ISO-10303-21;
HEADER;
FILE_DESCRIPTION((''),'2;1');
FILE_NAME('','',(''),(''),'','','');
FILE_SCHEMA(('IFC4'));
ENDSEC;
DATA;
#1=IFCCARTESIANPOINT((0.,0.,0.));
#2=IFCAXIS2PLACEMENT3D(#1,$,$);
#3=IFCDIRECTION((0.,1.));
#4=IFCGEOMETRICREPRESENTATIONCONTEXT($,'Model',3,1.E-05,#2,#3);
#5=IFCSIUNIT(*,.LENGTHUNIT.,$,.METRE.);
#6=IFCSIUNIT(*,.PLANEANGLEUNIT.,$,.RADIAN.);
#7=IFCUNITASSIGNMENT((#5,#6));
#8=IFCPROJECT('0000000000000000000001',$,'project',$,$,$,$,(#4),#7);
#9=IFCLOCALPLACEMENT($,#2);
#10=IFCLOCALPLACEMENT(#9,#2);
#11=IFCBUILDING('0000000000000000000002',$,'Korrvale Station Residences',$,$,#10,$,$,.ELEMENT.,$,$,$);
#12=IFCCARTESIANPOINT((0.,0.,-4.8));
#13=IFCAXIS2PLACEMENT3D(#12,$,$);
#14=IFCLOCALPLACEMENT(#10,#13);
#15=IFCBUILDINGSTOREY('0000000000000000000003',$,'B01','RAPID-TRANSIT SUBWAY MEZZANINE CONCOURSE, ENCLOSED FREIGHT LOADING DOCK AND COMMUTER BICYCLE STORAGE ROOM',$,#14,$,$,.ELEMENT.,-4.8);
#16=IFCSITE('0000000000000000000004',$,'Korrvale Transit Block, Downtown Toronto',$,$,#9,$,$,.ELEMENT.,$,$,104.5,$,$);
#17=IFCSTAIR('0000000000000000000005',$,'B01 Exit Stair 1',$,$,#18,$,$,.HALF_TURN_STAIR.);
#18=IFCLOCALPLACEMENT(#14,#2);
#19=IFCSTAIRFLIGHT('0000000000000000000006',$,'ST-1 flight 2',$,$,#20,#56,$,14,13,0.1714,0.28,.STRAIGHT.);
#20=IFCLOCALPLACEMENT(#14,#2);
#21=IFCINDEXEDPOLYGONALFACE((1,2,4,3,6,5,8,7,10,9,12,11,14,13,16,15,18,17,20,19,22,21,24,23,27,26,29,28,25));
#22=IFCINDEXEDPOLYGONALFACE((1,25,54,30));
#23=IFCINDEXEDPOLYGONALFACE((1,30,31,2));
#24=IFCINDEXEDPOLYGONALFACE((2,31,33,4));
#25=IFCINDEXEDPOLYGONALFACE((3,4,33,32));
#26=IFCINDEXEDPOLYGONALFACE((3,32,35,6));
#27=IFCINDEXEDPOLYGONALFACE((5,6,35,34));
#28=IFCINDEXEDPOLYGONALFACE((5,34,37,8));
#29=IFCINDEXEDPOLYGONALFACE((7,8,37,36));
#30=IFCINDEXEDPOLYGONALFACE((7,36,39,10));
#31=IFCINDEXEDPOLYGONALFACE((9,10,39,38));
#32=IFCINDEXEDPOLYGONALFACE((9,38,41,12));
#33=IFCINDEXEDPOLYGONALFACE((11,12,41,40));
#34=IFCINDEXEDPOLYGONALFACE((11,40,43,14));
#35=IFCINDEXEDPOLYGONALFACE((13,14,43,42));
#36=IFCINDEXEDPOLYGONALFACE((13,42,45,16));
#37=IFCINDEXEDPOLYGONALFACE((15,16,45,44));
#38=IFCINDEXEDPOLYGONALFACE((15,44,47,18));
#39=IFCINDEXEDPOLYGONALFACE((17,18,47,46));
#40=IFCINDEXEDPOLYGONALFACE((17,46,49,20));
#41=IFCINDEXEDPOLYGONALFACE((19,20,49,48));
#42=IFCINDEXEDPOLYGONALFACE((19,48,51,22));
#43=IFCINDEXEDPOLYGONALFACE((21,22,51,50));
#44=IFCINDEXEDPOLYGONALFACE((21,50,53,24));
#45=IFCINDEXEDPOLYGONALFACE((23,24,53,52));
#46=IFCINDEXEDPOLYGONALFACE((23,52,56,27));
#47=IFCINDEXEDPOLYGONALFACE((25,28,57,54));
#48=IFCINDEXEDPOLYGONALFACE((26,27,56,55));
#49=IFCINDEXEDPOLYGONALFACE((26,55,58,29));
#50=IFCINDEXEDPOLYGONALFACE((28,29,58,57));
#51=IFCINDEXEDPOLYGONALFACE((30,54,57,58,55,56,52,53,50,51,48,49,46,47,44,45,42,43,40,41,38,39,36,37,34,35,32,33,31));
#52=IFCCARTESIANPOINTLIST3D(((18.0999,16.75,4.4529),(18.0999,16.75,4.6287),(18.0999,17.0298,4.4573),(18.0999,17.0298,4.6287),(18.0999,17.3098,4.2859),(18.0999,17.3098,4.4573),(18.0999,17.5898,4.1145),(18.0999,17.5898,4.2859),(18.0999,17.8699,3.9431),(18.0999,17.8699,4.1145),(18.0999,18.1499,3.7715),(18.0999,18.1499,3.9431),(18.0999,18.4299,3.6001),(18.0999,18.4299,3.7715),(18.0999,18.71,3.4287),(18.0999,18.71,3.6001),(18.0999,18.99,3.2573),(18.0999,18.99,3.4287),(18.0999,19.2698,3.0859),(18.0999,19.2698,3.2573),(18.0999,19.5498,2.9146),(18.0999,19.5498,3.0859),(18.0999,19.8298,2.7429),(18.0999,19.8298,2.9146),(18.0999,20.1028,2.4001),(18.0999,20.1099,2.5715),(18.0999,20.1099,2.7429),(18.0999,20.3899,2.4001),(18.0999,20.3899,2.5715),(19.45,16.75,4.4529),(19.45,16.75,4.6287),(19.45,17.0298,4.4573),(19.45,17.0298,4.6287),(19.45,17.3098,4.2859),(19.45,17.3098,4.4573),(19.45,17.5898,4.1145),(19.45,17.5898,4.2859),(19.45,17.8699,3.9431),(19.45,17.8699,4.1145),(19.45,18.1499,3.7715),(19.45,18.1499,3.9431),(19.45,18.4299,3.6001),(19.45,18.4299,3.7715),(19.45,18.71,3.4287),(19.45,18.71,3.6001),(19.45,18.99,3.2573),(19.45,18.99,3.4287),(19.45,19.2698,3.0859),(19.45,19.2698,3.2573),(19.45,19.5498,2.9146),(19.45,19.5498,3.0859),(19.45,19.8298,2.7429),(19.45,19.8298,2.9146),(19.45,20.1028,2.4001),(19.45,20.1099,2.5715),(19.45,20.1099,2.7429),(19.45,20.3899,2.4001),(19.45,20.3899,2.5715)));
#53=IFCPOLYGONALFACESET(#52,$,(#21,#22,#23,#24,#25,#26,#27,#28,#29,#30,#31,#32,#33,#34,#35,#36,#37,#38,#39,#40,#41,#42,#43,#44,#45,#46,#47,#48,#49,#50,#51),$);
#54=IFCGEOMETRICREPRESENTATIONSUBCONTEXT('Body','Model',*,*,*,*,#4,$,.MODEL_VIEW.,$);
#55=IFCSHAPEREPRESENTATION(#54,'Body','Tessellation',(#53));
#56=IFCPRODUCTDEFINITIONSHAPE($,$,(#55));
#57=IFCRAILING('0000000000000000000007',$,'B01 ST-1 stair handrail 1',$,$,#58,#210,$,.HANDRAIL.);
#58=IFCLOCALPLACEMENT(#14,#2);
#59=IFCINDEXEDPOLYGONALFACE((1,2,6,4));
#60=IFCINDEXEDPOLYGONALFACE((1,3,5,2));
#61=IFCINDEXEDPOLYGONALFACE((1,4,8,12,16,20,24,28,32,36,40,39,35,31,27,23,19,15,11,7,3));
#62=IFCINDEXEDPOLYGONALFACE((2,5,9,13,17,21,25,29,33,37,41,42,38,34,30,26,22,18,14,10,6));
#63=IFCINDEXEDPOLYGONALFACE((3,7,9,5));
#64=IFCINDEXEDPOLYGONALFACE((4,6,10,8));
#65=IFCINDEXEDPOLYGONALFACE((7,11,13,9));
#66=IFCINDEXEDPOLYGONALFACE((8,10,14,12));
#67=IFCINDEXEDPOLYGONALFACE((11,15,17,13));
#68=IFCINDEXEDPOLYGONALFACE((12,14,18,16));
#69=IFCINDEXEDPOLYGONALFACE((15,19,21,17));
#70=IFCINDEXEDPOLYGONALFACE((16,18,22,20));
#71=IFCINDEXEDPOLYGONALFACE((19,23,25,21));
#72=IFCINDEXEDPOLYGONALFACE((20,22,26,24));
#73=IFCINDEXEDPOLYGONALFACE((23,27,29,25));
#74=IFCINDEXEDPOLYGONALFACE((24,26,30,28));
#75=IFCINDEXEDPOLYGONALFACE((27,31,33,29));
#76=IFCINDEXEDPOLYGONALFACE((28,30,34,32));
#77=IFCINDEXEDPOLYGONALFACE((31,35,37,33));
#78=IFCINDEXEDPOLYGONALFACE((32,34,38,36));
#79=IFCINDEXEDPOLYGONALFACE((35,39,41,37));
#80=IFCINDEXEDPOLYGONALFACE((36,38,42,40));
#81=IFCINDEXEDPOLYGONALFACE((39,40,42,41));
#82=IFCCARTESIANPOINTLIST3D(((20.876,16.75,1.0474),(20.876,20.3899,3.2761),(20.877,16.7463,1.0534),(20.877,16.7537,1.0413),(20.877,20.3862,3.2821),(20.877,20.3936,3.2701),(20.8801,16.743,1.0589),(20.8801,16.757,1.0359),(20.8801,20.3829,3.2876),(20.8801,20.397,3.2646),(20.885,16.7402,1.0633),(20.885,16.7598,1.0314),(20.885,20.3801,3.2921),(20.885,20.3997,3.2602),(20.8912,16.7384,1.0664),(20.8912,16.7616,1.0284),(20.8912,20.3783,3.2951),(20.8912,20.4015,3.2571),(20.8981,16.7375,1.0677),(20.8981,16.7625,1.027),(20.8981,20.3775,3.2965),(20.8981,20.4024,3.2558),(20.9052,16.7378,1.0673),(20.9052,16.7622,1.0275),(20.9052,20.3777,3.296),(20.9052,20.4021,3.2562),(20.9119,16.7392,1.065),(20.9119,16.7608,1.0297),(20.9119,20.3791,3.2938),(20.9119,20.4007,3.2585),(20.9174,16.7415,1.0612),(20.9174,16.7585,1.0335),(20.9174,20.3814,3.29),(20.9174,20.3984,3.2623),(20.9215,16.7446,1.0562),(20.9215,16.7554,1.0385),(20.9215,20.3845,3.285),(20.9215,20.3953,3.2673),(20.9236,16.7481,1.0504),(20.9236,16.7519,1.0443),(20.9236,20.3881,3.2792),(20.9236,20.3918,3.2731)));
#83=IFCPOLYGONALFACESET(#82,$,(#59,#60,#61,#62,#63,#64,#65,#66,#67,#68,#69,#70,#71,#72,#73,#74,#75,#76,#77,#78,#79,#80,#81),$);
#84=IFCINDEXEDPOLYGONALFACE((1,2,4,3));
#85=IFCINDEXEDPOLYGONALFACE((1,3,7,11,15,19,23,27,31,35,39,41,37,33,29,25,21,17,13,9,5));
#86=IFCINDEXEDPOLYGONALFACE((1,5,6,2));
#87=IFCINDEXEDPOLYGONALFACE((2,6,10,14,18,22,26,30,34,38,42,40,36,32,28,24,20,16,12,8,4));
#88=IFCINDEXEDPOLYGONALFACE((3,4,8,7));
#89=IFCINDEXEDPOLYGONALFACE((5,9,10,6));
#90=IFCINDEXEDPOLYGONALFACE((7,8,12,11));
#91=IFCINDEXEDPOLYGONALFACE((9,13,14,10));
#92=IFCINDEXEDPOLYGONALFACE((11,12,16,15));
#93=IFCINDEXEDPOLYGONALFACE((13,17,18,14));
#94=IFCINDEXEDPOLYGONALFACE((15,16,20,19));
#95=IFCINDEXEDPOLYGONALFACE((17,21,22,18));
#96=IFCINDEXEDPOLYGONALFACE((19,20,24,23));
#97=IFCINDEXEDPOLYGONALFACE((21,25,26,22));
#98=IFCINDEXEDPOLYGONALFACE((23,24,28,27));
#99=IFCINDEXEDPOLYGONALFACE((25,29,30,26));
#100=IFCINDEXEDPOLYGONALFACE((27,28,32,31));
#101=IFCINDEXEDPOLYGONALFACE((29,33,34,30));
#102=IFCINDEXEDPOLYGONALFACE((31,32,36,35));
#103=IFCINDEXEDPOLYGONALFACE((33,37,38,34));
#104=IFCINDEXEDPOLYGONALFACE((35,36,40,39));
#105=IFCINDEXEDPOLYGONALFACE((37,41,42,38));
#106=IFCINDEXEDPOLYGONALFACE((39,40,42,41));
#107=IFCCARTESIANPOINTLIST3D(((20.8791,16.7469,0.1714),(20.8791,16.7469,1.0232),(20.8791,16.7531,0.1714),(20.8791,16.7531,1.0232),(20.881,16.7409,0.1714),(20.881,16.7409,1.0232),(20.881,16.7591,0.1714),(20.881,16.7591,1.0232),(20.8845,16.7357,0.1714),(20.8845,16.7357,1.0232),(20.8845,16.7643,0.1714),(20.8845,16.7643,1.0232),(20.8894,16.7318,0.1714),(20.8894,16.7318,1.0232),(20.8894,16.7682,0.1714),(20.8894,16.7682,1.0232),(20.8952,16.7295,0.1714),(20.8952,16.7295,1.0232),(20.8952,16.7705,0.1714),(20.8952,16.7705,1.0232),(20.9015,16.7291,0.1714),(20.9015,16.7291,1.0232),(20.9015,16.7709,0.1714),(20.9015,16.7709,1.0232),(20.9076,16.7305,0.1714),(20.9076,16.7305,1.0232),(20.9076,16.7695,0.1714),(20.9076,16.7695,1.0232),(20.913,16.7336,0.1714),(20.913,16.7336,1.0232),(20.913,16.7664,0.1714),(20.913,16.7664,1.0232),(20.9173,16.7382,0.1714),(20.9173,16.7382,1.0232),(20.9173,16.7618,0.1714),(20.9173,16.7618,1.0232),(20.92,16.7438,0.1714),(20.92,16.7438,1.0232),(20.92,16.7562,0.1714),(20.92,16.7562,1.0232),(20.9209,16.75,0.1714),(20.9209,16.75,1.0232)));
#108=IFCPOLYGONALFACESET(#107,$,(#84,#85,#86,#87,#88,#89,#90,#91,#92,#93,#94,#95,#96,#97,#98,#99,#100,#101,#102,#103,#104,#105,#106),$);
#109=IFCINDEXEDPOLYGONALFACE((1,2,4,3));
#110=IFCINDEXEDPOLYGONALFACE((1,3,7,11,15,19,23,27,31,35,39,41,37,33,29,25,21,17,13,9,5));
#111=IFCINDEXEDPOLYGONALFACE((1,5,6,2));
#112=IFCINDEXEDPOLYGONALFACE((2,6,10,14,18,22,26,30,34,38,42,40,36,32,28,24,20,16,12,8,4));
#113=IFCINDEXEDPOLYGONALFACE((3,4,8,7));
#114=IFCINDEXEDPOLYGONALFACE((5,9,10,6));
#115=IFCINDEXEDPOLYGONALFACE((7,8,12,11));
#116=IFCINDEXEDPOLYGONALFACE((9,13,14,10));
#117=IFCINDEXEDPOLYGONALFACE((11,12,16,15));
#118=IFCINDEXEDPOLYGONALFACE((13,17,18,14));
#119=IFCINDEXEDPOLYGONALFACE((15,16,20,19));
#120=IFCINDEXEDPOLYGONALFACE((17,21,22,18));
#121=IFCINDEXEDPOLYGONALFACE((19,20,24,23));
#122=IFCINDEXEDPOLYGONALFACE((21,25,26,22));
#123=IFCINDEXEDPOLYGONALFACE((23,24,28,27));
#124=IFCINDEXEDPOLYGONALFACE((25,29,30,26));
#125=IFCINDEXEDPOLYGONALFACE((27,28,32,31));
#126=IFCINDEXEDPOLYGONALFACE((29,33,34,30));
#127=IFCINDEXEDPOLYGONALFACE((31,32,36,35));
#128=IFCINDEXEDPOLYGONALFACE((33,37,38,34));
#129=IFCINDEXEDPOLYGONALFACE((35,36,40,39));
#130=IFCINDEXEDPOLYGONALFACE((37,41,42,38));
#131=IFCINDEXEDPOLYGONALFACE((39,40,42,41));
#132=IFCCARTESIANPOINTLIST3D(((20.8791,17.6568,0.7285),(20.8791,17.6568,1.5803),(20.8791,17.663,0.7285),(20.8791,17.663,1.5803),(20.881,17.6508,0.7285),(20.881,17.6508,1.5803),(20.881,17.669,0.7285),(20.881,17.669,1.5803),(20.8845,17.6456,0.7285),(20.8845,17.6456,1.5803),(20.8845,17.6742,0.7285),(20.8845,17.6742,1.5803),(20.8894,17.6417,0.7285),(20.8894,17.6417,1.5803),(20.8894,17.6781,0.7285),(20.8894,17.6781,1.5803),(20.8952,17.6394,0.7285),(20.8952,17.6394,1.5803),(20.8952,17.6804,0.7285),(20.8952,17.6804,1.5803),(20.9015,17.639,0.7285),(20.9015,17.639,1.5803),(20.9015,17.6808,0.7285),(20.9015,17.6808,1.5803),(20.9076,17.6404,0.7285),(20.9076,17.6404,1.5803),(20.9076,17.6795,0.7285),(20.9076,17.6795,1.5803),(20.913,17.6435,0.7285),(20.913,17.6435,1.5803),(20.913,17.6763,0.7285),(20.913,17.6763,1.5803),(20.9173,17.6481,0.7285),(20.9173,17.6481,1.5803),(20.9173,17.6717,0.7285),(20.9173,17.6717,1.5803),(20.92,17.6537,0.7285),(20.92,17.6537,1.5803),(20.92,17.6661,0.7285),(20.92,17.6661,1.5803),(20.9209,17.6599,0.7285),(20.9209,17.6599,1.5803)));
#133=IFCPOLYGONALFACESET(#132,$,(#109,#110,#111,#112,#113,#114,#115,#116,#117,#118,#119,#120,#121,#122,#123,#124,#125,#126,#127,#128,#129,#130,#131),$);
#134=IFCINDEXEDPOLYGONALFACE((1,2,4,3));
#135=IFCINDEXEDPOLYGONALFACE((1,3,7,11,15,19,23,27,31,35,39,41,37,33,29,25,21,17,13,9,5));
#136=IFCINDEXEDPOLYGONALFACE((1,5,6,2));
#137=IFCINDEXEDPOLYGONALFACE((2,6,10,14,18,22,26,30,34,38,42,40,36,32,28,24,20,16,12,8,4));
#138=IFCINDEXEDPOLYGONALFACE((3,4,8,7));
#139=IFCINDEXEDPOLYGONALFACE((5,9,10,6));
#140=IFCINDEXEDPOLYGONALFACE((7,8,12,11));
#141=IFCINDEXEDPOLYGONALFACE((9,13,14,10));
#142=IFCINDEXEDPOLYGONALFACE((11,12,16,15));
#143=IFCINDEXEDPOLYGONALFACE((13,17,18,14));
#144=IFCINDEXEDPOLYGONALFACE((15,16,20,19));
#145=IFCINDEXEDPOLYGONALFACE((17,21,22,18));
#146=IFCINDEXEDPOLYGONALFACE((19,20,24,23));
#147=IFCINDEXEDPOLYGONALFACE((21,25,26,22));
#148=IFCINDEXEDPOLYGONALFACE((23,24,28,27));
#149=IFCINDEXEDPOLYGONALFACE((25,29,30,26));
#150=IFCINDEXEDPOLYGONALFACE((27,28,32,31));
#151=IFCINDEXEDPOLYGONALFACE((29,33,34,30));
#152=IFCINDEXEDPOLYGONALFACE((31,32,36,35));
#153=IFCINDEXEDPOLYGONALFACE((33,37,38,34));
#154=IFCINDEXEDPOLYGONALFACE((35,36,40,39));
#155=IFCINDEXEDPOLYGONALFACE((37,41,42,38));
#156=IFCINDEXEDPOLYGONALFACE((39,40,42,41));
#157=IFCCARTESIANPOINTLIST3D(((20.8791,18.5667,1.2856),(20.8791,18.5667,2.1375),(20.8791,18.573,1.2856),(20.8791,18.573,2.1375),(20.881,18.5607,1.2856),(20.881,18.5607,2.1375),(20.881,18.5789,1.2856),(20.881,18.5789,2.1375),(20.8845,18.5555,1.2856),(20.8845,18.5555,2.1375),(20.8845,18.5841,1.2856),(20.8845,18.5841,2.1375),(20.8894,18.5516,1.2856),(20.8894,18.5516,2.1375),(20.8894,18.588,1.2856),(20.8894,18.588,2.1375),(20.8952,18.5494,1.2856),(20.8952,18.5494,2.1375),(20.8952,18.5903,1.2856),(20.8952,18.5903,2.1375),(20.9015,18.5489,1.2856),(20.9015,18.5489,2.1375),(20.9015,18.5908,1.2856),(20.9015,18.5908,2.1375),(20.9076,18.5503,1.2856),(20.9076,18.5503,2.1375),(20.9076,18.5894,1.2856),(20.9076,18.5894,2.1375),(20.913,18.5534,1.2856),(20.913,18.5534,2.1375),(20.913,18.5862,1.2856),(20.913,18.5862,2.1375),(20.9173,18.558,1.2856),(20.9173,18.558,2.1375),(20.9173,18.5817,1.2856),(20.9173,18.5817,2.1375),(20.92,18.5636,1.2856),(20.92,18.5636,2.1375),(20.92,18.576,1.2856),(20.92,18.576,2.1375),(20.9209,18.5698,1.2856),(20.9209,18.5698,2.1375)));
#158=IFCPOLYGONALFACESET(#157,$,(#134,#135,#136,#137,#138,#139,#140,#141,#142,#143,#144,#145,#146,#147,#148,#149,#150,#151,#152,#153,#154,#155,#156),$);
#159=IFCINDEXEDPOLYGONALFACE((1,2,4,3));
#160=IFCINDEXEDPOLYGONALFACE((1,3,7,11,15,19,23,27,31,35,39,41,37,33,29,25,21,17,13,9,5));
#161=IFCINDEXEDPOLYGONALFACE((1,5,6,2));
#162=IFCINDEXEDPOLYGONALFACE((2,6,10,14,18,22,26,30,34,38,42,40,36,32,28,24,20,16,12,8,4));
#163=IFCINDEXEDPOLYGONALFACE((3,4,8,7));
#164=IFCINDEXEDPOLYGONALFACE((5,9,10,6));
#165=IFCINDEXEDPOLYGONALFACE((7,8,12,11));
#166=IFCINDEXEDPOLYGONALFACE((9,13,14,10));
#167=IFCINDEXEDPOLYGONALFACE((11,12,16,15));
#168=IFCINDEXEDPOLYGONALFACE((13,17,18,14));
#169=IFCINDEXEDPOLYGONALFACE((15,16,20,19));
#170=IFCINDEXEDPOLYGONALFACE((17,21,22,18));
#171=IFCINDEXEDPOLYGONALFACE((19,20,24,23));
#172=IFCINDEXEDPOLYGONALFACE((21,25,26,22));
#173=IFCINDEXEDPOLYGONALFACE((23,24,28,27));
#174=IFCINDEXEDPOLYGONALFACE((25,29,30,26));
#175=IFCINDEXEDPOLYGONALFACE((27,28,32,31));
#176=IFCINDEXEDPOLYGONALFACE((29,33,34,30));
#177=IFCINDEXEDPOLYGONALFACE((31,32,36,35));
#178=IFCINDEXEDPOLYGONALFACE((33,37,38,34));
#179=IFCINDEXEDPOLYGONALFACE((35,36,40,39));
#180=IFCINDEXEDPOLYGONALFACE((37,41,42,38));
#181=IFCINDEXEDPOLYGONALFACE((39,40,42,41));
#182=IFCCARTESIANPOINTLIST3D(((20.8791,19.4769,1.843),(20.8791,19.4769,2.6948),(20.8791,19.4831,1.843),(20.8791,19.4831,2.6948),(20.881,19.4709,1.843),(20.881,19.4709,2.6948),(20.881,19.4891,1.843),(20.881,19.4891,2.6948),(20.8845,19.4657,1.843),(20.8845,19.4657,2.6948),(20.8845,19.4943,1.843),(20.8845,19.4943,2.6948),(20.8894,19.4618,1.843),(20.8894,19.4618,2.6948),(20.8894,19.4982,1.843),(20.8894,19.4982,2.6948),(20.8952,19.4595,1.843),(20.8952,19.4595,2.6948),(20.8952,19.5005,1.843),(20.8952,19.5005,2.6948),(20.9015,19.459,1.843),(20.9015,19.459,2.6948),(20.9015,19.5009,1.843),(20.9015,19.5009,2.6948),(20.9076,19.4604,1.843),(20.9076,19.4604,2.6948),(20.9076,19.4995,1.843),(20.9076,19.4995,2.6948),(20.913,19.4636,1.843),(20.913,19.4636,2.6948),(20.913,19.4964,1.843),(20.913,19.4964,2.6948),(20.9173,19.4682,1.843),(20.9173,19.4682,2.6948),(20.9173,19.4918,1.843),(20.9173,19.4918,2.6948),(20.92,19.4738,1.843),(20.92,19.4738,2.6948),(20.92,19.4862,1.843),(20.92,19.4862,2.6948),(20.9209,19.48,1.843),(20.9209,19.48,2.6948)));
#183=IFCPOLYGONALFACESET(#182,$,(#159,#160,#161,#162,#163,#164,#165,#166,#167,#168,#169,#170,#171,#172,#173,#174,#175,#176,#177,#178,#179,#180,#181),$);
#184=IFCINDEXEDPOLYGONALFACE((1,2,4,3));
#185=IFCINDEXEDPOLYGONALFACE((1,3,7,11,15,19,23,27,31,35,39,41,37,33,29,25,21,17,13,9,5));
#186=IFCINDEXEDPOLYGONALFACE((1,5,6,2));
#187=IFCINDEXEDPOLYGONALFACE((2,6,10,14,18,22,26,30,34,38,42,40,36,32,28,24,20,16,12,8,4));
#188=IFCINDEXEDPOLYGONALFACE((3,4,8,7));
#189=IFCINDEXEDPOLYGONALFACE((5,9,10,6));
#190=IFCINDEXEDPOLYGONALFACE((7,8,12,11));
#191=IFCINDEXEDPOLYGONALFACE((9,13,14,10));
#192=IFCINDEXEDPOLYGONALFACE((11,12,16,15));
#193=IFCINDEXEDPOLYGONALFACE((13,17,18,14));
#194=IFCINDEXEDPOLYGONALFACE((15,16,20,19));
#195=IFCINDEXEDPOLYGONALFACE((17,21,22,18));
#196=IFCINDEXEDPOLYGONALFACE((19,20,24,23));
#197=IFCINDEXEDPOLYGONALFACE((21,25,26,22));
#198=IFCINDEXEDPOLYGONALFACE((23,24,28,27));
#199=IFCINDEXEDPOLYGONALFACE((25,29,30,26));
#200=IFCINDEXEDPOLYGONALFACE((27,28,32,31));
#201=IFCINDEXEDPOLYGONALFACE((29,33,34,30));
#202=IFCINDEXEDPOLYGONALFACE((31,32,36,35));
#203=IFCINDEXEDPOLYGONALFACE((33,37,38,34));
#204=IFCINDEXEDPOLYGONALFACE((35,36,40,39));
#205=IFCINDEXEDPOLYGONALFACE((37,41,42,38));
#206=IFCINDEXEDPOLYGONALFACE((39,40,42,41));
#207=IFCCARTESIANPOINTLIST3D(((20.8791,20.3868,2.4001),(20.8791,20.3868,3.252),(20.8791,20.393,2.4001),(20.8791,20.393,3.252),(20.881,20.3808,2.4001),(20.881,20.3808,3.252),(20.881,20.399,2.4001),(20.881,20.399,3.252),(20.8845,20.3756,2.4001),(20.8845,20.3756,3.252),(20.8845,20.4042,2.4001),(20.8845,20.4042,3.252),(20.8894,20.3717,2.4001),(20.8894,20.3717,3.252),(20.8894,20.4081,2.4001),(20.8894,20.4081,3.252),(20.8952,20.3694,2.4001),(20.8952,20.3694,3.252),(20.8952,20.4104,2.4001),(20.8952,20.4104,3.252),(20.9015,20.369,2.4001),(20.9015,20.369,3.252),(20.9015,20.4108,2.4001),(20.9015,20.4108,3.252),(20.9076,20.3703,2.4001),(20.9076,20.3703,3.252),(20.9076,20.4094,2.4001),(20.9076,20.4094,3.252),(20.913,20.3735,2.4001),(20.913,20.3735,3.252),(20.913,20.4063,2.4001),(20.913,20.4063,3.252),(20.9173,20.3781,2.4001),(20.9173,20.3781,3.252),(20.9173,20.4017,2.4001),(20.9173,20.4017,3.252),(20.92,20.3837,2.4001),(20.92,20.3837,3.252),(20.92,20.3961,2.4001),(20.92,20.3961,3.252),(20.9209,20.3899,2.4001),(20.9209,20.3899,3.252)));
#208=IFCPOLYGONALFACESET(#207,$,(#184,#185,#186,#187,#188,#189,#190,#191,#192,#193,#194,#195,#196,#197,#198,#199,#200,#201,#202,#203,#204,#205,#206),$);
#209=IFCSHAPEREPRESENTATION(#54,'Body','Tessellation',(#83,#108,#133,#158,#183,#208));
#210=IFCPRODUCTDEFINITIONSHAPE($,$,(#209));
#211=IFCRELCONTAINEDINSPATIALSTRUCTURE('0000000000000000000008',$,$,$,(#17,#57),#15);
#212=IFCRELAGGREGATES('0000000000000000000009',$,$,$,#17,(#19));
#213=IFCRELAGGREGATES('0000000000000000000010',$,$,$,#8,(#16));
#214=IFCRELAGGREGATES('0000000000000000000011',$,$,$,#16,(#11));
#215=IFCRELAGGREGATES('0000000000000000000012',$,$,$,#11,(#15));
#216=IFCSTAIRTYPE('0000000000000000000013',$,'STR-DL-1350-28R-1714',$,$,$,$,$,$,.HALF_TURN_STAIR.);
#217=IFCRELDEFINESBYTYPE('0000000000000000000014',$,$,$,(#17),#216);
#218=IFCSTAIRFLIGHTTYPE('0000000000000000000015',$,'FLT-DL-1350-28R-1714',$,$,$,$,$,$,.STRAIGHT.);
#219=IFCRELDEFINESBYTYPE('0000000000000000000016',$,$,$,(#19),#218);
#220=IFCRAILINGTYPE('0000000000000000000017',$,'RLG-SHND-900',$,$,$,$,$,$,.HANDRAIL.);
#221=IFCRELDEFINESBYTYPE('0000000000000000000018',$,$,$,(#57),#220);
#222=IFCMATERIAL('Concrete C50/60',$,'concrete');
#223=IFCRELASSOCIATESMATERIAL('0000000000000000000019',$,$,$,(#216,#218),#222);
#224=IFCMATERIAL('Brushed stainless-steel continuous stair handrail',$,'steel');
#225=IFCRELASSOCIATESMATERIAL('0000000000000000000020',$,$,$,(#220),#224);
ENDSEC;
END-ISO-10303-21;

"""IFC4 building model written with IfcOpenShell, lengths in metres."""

from ifc_helpers import new_model, si_unit, direction, frame, origin, origin_2d, place, context, subcontext, project, spatial, polyline, circle, outline, extrude, material, type_object, element, aggregate, save


model = new_model("IFC4")

# Units and contexts
model_context = context("Model", 3, precision=1e-05, world=origin(), true_north=direction((0.0, 1.0)))
body_context = subcontext(model_context, "Body", "Model", "MODEL_VIEW")
ifc_project = project(units=[si_unit("LENGTHUNIT", "METRE"), si_unit("PLANEANGLEUNIT", "RADIAN")], contexts=[model_context])

# Site, building, storey
site_placement = place(None, origin())
site = spatial("IfcSite", under=ifc_project, at=site_placement, Name="Korrvale Transit Block, Downtown Toronto", CompositionType="ELEMENT", RefElevation=104.5)
building_placement = place(site_placement, origin())
building = spatial("IfcBuilding", under=site, at=building_placement, Name="Korrvale Station Residences", CompositionType="ELEMENT")
storey_placement = place(building_placement, frame((0.0, 0.0, -4.8)))
storey = spatial("IfcBuildingStorey", under=building, at=storey_placement, Name="B01", Description="RAPID-TRANSIT SUBWAY MEZZANINE CONCOURSE, ENCLOSED FREIGHT LOADING DOCK AND COMMUTER BICYCLE STORAGE ROOM", CompositionType="ELEMENT", Elevation=-4.8)

# Shared definitions
ifc_material_1 = material(Name="Concrete C50/60", Category="concrete")

# Stair, stair flight
stair_type = type_object("IfcStairType", Name="STR-DL-1350-28R-1714", PredefinedType="HALF_TURN_STAIR", material=ifc_material_1)
stair_placement = place(storey_placement, origin())
stair = element("IfcStair", 1, at=stair_placement, inside=storey, type_object=stair_type, Name="B01 Exit Stair 1", PredefinedType="HALF_TURN_STAIR")
stair_flight_type = type_object("IfcStairFlightType", Name="FLT-DL-1350-28R-1714", PredefinedType="STRAIGHT", material=ifc_material_1)
stair_flight_1_placement = place(storey_placement, frame((18.7749, 20.3899, 2.4001), z_axis=(0.0, 0.0, 1.0), x_axis=(0.0, -1.0, 0.0)))
stair_flight_1 = element("IfcStairFlight", 2, at=stair_flight_1_placement, type_object=stair_flight_type, Name="ST-1 flight 2", NumberOfRisers=14, NumberOfTreads=13, PredefinedType="STRAIGHT", RiserHeight=0.1714, TreadLength=0.28, context=body_context, shape_type="SweptSolid", body=[
    extrude(outline(polyline([(0.0, 0.0), (0.0, 0.1714), (0.28, 0.1714), (0.28, 0.3428), (0.5601, 0.3428), (0.5601, 0.5144), (0.8401, 0.5144), (0.8401, 0.6858), (1.1201, 0.6858), (1.1201, 0.8572), (1.3999, 0.8572), (1.3999, 1.0286), (1.6799, 1.0286), (1.6799, 1.2), (1.96, 1.2), (1.96, 1.3713), (2.24, 1.3713), (2.24, 1.543), (2.52, 1.543), (2.52, 1.7144), (2.8, 1.7144), (2.8, 1.8857), (3.0801, 1.8857), (3.0801, 2.0571), (3.3601, 2.0571), (3.3601, 2.2285), (3.6399, 2.2285), (3.6399, 2.3999), (3.6399, 2.0527), (0.2871, 0.0), (0.0, 0.0)])), frame((0.0, 0.675, 0.0), z_axis=(0.0, -1.0, 0.0), x_axis=(1.0, 0.0, 0.0)), (0.0, 0.0, 1.0), 1.3501),
])
aggregate(stair, [stair_flight_1])

# Railing
ifc_material_2 = material(Name="Brushed stainless-steel continuous stair handrail", Category="steel")
railing_type_1 = type_object("IfcRailingType", Name="RLG-SHND-900", PredefinedType="HANDRAIL", material=ifc_material_2)
railing_1_placement = place(storey_placement, frame((20.8999, 16.75, 0.1714)))
element("IfcRailing", 3, at=railing_1_placement, inside=storey, type_object=railing_type_1, Name="B01 ST-1 stair handrail 1", PredefinedType="HANDRAIL", context=body_context, shape_type="SweptSolid", body=[
    extrude(circle(Radius=0.0239, at=origin_2d()), frame((0.0, 0.0, 0.876), z_axis=(0.0, 0.852825, 0.522197), x_axis=(-1.0, 0.0, 0.0)), (0.0, 0.0, 1.0), 4.2681),
    extrude(circle(Radius=0.021, at=origin_2d()), origin(), (0.0, 0.0, 1.0), 0.8518),
    extrude(circle(Radius=0.021, at=origin_2d()), frame((0.0, 0.9099, 0.5571)), (0.0, 0.0, 1.0), 0.8518),
    extrude(circle(Radius=0.021, at=origin_2d()), frame((0.0, 1.8198, 1.1143)), (0.0, 0.0, 1.0), 0.8518),
    extrude(circle(Radius=0.021, at=origin_2d()), frame((0.0, 2.73, 1.6716)), (0.0, 0.0, 1.0), 0.8518),
    extrude(circle(Radius=0.021, at=origin_2d()), frame((0.0, 3.6399, 2.2288)), (0.0, 0.0, 1.0), 0.8518),
])

save(model, "model.ifc")
